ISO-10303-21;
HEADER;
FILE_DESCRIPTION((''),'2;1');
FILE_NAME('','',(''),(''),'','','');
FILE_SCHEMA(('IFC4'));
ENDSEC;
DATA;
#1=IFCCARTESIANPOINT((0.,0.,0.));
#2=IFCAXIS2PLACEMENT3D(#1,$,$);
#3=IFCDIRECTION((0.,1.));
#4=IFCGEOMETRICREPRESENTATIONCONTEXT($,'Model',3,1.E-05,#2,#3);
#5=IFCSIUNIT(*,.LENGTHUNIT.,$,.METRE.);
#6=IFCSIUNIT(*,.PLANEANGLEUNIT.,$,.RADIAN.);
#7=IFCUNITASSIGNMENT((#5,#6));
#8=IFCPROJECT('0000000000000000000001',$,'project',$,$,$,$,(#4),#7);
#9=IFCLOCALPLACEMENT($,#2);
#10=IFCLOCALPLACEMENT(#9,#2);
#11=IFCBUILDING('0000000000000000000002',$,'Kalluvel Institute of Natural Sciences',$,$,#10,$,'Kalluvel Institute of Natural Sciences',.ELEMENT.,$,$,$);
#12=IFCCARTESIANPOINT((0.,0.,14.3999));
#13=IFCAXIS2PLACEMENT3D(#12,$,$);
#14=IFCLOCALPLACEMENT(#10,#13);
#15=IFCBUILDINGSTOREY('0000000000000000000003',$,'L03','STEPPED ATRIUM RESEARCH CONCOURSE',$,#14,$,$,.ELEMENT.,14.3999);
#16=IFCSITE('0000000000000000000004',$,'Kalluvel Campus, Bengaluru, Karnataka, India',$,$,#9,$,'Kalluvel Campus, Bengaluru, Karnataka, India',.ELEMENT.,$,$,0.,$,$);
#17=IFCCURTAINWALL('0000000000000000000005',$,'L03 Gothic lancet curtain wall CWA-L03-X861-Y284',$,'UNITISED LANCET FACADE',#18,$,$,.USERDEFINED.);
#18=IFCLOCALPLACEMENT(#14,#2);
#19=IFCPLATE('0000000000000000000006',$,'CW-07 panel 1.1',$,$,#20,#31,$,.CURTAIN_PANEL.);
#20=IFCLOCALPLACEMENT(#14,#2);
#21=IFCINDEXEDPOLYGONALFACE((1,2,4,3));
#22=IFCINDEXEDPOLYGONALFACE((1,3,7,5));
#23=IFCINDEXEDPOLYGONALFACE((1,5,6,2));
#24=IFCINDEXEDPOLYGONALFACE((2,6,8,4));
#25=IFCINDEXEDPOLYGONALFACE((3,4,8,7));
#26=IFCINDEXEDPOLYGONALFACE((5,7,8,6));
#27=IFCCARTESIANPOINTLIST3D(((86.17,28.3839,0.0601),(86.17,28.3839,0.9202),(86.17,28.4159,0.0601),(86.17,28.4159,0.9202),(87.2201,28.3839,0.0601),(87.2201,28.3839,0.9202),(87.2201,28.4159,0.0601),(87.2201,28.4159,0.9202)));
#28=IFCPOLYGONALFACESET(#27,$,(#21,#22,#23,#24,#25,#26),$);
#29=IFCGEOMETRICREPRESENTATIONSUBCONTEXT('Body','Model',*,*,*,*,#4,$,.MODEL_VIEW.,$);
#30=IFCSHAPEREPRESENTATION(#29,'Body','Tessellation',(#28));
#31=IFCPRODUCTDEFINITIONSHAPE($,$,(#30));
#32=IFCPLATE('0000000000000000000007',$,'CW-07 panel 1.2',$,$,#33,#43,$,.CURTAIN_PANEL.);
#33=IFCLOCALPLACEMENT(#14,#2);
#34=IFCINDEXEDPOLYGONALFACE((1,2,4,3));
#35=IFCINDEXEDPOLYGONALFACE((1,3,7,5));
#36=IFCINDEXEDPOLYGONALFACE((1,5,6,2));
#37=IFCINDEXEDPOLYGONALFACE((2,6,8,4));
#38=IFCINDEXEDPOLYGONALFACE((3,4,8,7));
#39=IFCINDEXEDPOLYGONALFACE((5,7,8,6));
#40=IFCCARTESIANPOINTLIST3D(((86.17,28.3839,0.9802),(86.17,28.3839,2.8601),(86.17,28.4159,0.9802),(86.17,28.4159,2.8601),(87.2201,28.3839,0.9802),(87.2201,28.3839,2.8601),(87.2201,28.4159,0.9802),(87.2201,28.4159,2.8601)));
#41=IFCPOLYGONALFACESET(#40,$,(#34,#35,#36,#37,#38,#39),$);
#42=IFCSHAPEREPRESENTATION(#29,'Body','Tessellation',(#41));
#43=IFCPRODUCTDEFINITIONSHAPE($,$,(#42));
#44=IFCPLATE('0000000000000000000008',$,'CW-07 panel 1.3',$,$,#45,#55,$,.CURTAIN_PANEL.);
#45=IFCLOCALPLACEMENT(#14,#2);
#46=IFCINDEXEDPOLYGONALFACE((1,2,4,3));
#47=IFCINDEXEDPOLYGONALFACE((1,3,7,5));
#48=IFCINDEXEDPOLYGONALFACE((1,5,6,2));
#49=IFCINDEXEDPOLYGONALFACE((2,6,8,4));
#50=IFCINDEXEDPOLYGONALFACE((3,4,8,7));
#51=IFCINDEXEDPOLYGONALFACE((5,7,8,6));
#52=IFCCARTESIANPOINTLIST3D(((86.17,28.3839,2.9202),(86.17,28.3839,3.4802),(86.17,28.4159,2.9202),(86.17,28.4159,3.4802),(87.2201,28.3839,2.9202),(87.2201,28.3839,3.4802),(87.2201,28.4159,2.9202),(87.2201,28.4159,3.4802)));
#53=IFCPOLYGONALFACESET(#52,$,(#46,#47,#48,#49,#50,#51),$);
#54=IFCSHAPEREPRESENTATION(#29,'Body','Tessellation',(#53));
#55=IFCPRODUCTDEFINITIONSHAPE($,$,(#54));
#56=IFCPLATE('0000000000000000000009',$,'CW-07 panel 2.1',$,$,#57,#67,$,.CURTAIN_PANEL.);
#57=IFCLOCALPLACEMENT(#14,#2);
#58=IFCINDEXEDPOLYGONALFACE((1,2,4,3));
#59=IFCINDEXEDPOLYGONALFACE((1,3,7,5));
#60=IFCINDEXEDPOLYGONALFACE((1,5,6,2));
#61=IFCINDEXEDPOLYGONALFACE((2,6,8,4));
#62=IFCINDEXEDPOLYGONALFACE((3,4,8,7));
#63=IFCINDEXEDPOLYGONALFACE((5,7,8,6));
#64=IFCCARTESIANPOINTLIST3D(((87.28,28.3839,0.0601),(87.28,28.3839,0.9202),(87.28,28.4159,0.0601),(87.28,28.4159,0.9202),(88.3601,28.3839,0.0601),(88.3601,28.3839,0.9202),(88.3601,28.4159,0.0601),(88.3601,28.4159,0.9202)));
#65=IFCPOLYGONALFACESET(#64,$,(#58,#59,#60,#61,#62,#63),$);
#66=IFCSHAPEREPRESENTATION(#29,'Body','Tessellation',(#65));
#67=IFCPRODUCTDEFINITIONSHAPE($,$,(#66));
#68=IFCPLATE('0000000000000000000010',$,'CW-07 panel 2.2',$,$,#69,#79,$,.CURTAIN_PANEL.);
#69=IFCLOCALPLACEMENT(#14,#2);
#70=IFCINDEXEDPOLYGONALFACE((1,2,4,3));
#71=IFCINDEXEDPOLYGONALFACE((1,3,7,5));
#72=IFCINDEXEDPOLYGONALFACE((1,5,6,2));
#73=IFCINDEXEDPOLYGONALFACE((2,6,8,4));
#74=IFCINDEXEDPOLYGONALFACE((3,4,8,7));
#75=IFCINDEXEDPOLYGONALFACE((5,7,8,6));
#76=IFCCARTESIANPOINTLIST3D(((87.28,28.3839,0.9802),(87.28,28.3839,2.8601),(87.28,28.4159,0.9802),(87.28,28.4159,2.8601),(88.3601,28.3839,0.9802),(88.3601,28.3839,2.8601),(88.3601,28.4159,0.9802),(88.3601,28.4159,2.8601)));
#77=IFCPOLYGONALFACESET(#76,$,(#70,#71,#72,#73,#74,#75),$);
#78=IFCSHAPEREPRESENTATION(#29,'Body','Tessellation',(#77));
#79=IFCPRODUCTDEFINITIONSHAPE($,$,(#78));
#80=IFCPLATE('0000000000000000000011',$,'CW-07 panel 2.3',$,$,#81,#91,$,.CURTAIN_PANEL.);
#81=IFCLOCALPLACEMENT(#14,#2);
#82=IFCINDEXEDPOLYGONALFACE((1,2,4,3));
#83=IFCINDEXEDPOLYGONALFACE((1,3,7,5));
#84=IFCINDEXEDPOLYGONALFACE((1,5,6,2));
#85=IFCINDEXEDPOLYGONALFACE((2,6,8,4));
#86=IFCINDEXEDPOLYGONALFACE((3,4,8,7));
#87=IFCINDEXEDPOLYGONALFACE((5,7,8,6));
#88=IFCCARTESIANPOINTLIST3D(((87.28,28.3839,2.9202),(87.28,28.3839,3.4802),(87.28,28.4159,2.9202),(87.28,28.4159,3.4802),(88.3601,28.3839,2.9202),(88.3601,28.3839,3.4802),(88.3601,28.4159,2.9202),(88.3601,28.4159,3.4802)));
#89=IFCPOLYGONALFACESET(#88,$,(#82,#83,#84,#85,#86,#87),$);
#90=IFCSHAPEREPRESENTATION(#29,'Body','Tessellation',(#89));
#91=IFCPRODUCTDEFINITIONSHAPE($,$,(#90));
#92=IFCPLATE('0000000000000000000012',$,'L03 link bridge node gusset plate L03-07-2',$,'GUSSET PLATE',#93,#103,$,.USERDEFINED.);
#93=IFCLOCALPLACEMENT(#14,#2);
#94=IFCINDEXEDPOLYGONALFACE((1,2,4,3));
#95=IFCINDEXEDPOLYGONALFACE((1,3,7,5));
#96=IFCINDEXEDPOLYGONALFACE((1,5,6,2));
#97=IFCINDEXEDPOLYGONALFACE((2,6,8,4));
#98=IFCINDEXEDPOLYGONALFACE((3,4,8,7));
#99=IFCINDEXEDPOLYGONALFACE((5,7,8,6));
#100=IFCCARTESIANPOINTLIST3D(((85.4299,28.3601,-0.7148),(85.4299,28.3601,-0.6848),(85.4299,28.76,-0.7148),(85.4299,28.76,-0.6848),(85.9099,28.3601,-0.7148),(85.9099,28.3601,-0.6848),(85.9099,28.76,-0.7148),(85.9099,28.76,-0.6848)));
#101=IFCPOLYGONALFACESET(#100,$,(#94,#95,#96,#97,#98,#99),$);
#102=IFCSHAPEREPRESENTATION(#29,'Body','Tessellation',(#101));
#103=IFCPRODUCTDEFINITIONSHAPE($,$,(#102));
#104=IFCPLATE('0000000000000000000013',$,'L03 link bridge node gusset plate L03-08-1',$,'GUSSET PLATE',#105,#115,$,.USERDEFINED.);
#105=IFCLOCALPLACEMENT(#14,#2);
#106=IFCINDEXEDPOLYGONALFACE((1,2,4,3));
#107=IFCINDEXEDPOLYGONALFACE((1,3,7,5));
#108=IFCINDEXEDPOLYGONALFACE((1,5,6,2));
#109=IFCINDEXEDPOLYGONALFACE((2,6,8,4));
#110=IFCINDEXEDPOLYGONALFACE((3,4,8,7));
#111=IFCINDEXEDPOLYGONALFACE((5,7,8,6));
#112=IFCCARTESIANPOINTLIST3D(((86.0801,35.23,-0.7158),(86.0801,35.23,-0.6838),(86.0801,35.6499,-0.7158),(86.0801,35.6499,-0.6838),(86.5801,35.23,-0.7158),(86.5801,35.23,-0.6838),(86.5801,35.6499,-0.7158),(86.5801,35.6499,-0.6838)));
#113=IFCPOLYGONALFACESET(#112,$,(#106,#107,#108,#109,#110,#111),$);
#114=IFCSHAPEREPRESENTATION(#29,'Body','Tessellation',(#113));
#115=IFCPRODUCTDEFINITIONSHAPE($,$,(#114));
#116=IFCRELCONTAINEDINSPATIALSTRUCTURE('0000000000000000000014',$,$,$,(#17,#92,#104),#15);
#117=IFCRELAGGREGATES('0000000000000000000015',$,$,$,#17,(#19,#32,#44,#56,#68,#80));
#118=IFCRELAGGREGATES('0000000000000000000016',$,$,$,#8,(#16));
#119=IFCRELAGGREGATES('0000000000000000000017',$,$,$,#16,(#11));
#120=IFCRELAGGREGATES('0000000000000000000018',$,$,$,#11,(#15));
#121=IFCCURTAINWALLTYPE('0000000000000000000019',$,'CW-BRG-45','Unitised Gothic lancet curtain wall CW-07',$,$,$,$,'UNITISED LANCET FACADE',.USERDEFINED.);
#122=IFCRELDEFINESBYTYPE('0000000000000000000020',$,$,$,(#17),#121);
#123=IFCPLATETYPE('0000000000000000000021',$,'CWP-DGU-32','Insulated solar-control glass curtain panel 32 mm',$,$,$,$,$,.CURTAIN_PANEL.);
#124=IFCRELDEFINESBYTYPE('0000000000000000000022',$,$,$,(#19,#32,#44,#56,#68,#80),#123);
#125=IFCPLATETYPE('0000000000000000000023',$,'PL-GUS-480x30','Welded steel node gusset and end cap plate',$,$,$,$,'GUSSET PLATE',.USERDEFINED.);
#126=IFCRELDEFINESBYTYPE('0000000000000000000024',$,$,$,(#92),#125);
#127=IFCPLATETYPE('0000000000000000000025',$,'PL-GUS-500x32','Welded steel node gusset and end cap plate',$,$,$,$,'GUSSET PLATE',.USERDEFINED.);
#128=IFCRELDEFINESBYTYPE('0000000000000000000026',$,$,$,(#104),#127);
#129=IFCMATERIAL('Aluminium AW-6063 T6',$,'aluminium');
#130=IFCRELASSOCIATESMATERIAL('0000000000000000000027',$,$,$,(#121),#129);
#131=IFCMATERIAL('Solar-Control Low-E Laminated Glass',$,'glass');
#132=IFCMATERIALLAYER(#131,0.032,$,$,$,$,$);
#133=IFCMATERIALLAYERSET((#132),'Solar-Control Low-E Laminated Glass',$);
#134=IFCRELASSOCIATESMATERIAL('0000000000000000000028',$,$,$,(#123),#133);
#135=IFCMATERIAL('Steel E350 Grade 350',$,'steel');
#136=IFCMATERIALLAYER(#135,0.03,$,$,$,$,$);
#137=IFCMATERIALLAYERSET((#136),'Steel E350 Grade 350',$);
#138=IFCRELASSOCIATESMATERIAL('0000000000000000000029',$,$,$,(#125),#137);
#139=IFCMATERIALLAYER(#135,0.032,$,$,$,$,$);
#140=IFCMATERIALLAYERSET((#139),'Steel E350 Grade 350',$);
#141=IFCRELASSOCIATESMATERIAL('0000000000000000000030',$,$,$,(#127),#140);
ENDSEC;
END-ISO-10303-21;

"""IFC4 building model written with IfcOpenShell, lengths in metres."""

from ifc_helpers import new_model, si_unit, direction, frame, origin, origin_2d, place, context, subcontext, project, spatial, rectangle, extrude, material, layer, layer_set, type_object, element, aggregate, save


model = new_model("IFC4")

# Units and contexts
model_context = context("Model", 3, precision=1e-05, world=origin(), true_north=direction((0.0, 1.0)))
body_context = subcontext(model_context, "Body", "Model", "MODEL_VIEW")
ifc_project = project(units=[si_unit("LENGTHUNIT", "METRE"), si_unit("PLANEANGLEUNIT", "RADIAN")], contexts=[model_context])

# Site, building, storey
site_placement = place(None, origin())
site = spatial("IfcSite", under=ifc_project, at=site_placement, Name="Kalluvel Campus, Bengaluru, Karnataka, India", LongName="Kalluvel Campus, Bengaluru, Karnataka, India", CompositionType="ELEMENT", RefElevation=0.0)
building_placement = place(site_placement, origin())
building = spatial("IfcBuilding", under=site, at=building_placement, Name="Kalluvel Institute of Natural Sciences", LongName="Kalluvel Institute of Natural Sciences", CompositionType="ELEMENT")
storey_placement = place(building_placement, frame((0.0, 0.0, 14.3999)))
storey = spatial("IfcBuildingStorey", under=building, at=storey_placement, Name="L03", Description="STEPPED ATRIUM RESEARCH CONCOURSE", CompositionType="ELEMENT", Elevation=14.3999)

# Shared definitions
ifc_material_1 = material(Name="Steel E350 Grade 350", Category="steel")

# Shared definitions
ifc_material_2 = material(Name="Aluminium AW-6063 T6", Category="aluminium")
curtain_wall_type = type_object("IfcCurtainWallType", Name="CW-BRG-45", Description="Unitised Gothic lancet curtain wall CW-07", ElementType="UNITISED LANCET FACADE", PredefinedType="USERDEFINED", material=ifc_material_2)

# Curtain wall
curtain_wall_1_placement = place(storey_placement, origin())
curtain_wall_1 = element("IfcCurtainWall", 1, at=curtain_wall_1_placement, inside=storey, type_object=curtain_wall_type, Name="L03 Gothic lancet curtain wall CWA-L03-X861-Y284", ObjectType="UNITISED LANCET FACADE", PredefinedType="USERDEFINED")

# Plates
ifc_material_3 = material(Name="Solar-Control Low-E Laminated Glass", Category="glass")
ifc_layer_1 = layer(ifc_material_3, 0.032)
ifc_layer_set_1 = layer_set([ifc_layer_1], Name="Solar-Control Low-E Laminated Glass")
plate_type_1 = type_object("IfcPlateType", Name="CWP-DGU-32", Description="Insulated solar-control glass curtain panel 32 mm", PredefinedType="CURTAIN_PANEL", material=ifc_layer_set_1)
plate_1_placement = place(storey_placement, frame((86.6951, 28.3999, 0.0601), z_axis=(0.0, 0.0, 1.0), x_axis=(1.0, 0.0, 0.0)))
plate_1 = element("IfcPlate", 2, at=plate_1_placement, type_object=plate_type_1, Name="CW-07 panel 1.1", PredefinedType="CURTAIN_PANEL", context=body_context, shape_type="SweptSolid", body=[
    extrude(rectangle(XDim=1.05, YDim=0.032, at=origin_2d()), origin(), (0.0, 0.0, 1.0), 0.8601),
])
plate_2_placement = place(storey_placement, frame((86.6951, 28.3999, 0.9802), z_axis=(0.0, 0.0, 1.0), x_axis=(1.0, 0.0, 0.0)))
plate_2 = element("IfcPlate", 3, at=plate_2_placement, type_object=plate_type_1, Name="CW-07 panel 1.2", PredefinedType="CURTAIN_PANEL", context=body_context, shape_type="SweptSolid", body=[
    extrude(rectangle(XDim=1.05, YDim=0.032, at=origin_2d()), origin(), (0.0, 0.0, 1.0), 1.8799),
])
plate_3_placement = place(storey_placement, frame((86.6951, 28.3999, 2.9202), z_axis=(0.0, 0.0, 1.0), x_axis=(1.0, 0.0, 0.0)))
plate_3 = element("IfcPlate", 4, at=plate_3_placement, type_object=plate_type_1, Name="CW-07 panel 1.3", PredefinedType="CURTAIN_PANEL", context=body_context, shape_type="SweptSolid", body=[
    extrude(rectangle(XDim=1.05, YDim=0.032, at=origin_2d()), origin(), (0.0, 0.0, 1.0), 0.5601),
])
plate_4_placement = place(storey_placement, frame((87.8201, 28.3999, 0.0601), z_axis=(0.0, 0.0, 1.0), x_axis=(1.0, 0.0, 0.0)))
plate_4 = element("IfcPlate", 5, at=plate_4_placement, type_object=plate_type_1, Name="CW-07 panel 2.1", PredefinedType="CURTAIN_PANEL", context=body_context, shape_type="SweptSolid", body=[
    extrude(rectangle(XDim=1.0801, YDim=0.032, at=origin_2d()), origin(), (0.0, 0.0, 1.0), 0.8601),
])
plate_5_placement = place(storey_placement, frame((87.8201, 28.3999, 0.9802), z_axis=(0.0, 0.0, 1.0), x_axis=(1.0, 0.0, 0.0)))
plate_5 = element("IfcPlate", 6, at=plate_5_placement, type_object=plate_type_1, Name="CW-07 panel 2.2", PredefinedType="CURTAIN_PANEL", context=body_context, shape_type="SweptSolid", body=[
    extrude(rectangle(XDim=1.0801, YDim=0.032, at=origin_2d()), origin(), (0.0, 0.0, 1.0), 1.8799),
])
plate_6_placement = place(storey_placement, frame((87.8201, 28.3999, 2.9202), z_axis=(0.0, 0.0, 1.0), x_axis=(1.0, 0.0, 0.0)))
plate_6 = element("IfcPlate", 7, at=plate_6_placement, type_object=plate_type_1, Name="CW-07 panel 2.3", PredefinedType="CURTAIN_PANEL", context=body_context, shape_type="SweptSolid", body=[
    extrude(rectangle(XDim=1.0801, YDim=0.032, at=origin_2d()), origin(), (0.0, 0.0, 1.0), 0.5601),
])
aggregate(curtain_wall_1, [plate_1, plate_2, plate_3, plate_4, plate_5, plate_6])

# Plates
ifc_layer_2 = layer(ifc_material_1, 0.03)
ifc_layer_set_2 = layer_set([ifc_layer_2], Name="Steel E350 Grade 350")
plate_type_2 = type_object("IfcPlateType", Name="PL-GUS-480x30", Description="Welded steel node gusset and end cap plate", ElementType="GUSSET PLATE", PredefinedType="USERDEFINED", material=ifc_layer_set_2)
plate_7_placement = place(storey_placement, frame((85.6699, 28.5601, -0.7148), z_axis=(0.0, 0.0, 1.0), x_axis=(1.0, 0.0, 0.0)))
element("IfcPlate", 8, at=plate_7_placement, inside=storey, type_object=plate_type_2, Name="L03 link bridge node gusset plate L03-07-2", ObjectType="GUSSET PLATE", PredefinedType="USERDEFINED", context=body_context, shape_type="SweptSolid", body=[
    extrude(rectangle(XDim=0.48, YDim=0.3999, at=origin_2d()), origin(), (0.0, 0.0, 1.0), 0.03),
])
ifc_layer_3 = layer(ifc_material_1, 0.032)
ifc_layer_set_3 = layer_set([ifc_layer_3], Name="Steel E350 Grade 350")
plate_type_3 = type_object("IfcPlateType", Name="PL-GUS-500x32", Description="Welded steel node gusset and end cap plate", ElementType="GUSSET PLATE", PredefinedType="USERDEFINED", material=ifc_layer_set_3)
plate_8_placement = place(storey_placement, frame((86.3301, 35.4399, -0.7158), z_axis=(0.0, 0.0, 1.0), x_axis=(1.0, 0.0, 0.0)))
element("IfcPlate", 9, at=plate_8_placement, inside=storey, type_object=plate_type_3, Name="L03 link bridge node gusset plate L03-08-1", ObjectType="GUSSET PLATE", PredefinedType="USERDEFINED", context=body_context, shape_type="SweptSolid", body=[
    extrude(rectangle(XDim=0.5, YDim=0.4199, at=origin_2d()), origin(), (0.0, 0.0, 1.0), 0.032),
])

save(model, "model.ifc")
